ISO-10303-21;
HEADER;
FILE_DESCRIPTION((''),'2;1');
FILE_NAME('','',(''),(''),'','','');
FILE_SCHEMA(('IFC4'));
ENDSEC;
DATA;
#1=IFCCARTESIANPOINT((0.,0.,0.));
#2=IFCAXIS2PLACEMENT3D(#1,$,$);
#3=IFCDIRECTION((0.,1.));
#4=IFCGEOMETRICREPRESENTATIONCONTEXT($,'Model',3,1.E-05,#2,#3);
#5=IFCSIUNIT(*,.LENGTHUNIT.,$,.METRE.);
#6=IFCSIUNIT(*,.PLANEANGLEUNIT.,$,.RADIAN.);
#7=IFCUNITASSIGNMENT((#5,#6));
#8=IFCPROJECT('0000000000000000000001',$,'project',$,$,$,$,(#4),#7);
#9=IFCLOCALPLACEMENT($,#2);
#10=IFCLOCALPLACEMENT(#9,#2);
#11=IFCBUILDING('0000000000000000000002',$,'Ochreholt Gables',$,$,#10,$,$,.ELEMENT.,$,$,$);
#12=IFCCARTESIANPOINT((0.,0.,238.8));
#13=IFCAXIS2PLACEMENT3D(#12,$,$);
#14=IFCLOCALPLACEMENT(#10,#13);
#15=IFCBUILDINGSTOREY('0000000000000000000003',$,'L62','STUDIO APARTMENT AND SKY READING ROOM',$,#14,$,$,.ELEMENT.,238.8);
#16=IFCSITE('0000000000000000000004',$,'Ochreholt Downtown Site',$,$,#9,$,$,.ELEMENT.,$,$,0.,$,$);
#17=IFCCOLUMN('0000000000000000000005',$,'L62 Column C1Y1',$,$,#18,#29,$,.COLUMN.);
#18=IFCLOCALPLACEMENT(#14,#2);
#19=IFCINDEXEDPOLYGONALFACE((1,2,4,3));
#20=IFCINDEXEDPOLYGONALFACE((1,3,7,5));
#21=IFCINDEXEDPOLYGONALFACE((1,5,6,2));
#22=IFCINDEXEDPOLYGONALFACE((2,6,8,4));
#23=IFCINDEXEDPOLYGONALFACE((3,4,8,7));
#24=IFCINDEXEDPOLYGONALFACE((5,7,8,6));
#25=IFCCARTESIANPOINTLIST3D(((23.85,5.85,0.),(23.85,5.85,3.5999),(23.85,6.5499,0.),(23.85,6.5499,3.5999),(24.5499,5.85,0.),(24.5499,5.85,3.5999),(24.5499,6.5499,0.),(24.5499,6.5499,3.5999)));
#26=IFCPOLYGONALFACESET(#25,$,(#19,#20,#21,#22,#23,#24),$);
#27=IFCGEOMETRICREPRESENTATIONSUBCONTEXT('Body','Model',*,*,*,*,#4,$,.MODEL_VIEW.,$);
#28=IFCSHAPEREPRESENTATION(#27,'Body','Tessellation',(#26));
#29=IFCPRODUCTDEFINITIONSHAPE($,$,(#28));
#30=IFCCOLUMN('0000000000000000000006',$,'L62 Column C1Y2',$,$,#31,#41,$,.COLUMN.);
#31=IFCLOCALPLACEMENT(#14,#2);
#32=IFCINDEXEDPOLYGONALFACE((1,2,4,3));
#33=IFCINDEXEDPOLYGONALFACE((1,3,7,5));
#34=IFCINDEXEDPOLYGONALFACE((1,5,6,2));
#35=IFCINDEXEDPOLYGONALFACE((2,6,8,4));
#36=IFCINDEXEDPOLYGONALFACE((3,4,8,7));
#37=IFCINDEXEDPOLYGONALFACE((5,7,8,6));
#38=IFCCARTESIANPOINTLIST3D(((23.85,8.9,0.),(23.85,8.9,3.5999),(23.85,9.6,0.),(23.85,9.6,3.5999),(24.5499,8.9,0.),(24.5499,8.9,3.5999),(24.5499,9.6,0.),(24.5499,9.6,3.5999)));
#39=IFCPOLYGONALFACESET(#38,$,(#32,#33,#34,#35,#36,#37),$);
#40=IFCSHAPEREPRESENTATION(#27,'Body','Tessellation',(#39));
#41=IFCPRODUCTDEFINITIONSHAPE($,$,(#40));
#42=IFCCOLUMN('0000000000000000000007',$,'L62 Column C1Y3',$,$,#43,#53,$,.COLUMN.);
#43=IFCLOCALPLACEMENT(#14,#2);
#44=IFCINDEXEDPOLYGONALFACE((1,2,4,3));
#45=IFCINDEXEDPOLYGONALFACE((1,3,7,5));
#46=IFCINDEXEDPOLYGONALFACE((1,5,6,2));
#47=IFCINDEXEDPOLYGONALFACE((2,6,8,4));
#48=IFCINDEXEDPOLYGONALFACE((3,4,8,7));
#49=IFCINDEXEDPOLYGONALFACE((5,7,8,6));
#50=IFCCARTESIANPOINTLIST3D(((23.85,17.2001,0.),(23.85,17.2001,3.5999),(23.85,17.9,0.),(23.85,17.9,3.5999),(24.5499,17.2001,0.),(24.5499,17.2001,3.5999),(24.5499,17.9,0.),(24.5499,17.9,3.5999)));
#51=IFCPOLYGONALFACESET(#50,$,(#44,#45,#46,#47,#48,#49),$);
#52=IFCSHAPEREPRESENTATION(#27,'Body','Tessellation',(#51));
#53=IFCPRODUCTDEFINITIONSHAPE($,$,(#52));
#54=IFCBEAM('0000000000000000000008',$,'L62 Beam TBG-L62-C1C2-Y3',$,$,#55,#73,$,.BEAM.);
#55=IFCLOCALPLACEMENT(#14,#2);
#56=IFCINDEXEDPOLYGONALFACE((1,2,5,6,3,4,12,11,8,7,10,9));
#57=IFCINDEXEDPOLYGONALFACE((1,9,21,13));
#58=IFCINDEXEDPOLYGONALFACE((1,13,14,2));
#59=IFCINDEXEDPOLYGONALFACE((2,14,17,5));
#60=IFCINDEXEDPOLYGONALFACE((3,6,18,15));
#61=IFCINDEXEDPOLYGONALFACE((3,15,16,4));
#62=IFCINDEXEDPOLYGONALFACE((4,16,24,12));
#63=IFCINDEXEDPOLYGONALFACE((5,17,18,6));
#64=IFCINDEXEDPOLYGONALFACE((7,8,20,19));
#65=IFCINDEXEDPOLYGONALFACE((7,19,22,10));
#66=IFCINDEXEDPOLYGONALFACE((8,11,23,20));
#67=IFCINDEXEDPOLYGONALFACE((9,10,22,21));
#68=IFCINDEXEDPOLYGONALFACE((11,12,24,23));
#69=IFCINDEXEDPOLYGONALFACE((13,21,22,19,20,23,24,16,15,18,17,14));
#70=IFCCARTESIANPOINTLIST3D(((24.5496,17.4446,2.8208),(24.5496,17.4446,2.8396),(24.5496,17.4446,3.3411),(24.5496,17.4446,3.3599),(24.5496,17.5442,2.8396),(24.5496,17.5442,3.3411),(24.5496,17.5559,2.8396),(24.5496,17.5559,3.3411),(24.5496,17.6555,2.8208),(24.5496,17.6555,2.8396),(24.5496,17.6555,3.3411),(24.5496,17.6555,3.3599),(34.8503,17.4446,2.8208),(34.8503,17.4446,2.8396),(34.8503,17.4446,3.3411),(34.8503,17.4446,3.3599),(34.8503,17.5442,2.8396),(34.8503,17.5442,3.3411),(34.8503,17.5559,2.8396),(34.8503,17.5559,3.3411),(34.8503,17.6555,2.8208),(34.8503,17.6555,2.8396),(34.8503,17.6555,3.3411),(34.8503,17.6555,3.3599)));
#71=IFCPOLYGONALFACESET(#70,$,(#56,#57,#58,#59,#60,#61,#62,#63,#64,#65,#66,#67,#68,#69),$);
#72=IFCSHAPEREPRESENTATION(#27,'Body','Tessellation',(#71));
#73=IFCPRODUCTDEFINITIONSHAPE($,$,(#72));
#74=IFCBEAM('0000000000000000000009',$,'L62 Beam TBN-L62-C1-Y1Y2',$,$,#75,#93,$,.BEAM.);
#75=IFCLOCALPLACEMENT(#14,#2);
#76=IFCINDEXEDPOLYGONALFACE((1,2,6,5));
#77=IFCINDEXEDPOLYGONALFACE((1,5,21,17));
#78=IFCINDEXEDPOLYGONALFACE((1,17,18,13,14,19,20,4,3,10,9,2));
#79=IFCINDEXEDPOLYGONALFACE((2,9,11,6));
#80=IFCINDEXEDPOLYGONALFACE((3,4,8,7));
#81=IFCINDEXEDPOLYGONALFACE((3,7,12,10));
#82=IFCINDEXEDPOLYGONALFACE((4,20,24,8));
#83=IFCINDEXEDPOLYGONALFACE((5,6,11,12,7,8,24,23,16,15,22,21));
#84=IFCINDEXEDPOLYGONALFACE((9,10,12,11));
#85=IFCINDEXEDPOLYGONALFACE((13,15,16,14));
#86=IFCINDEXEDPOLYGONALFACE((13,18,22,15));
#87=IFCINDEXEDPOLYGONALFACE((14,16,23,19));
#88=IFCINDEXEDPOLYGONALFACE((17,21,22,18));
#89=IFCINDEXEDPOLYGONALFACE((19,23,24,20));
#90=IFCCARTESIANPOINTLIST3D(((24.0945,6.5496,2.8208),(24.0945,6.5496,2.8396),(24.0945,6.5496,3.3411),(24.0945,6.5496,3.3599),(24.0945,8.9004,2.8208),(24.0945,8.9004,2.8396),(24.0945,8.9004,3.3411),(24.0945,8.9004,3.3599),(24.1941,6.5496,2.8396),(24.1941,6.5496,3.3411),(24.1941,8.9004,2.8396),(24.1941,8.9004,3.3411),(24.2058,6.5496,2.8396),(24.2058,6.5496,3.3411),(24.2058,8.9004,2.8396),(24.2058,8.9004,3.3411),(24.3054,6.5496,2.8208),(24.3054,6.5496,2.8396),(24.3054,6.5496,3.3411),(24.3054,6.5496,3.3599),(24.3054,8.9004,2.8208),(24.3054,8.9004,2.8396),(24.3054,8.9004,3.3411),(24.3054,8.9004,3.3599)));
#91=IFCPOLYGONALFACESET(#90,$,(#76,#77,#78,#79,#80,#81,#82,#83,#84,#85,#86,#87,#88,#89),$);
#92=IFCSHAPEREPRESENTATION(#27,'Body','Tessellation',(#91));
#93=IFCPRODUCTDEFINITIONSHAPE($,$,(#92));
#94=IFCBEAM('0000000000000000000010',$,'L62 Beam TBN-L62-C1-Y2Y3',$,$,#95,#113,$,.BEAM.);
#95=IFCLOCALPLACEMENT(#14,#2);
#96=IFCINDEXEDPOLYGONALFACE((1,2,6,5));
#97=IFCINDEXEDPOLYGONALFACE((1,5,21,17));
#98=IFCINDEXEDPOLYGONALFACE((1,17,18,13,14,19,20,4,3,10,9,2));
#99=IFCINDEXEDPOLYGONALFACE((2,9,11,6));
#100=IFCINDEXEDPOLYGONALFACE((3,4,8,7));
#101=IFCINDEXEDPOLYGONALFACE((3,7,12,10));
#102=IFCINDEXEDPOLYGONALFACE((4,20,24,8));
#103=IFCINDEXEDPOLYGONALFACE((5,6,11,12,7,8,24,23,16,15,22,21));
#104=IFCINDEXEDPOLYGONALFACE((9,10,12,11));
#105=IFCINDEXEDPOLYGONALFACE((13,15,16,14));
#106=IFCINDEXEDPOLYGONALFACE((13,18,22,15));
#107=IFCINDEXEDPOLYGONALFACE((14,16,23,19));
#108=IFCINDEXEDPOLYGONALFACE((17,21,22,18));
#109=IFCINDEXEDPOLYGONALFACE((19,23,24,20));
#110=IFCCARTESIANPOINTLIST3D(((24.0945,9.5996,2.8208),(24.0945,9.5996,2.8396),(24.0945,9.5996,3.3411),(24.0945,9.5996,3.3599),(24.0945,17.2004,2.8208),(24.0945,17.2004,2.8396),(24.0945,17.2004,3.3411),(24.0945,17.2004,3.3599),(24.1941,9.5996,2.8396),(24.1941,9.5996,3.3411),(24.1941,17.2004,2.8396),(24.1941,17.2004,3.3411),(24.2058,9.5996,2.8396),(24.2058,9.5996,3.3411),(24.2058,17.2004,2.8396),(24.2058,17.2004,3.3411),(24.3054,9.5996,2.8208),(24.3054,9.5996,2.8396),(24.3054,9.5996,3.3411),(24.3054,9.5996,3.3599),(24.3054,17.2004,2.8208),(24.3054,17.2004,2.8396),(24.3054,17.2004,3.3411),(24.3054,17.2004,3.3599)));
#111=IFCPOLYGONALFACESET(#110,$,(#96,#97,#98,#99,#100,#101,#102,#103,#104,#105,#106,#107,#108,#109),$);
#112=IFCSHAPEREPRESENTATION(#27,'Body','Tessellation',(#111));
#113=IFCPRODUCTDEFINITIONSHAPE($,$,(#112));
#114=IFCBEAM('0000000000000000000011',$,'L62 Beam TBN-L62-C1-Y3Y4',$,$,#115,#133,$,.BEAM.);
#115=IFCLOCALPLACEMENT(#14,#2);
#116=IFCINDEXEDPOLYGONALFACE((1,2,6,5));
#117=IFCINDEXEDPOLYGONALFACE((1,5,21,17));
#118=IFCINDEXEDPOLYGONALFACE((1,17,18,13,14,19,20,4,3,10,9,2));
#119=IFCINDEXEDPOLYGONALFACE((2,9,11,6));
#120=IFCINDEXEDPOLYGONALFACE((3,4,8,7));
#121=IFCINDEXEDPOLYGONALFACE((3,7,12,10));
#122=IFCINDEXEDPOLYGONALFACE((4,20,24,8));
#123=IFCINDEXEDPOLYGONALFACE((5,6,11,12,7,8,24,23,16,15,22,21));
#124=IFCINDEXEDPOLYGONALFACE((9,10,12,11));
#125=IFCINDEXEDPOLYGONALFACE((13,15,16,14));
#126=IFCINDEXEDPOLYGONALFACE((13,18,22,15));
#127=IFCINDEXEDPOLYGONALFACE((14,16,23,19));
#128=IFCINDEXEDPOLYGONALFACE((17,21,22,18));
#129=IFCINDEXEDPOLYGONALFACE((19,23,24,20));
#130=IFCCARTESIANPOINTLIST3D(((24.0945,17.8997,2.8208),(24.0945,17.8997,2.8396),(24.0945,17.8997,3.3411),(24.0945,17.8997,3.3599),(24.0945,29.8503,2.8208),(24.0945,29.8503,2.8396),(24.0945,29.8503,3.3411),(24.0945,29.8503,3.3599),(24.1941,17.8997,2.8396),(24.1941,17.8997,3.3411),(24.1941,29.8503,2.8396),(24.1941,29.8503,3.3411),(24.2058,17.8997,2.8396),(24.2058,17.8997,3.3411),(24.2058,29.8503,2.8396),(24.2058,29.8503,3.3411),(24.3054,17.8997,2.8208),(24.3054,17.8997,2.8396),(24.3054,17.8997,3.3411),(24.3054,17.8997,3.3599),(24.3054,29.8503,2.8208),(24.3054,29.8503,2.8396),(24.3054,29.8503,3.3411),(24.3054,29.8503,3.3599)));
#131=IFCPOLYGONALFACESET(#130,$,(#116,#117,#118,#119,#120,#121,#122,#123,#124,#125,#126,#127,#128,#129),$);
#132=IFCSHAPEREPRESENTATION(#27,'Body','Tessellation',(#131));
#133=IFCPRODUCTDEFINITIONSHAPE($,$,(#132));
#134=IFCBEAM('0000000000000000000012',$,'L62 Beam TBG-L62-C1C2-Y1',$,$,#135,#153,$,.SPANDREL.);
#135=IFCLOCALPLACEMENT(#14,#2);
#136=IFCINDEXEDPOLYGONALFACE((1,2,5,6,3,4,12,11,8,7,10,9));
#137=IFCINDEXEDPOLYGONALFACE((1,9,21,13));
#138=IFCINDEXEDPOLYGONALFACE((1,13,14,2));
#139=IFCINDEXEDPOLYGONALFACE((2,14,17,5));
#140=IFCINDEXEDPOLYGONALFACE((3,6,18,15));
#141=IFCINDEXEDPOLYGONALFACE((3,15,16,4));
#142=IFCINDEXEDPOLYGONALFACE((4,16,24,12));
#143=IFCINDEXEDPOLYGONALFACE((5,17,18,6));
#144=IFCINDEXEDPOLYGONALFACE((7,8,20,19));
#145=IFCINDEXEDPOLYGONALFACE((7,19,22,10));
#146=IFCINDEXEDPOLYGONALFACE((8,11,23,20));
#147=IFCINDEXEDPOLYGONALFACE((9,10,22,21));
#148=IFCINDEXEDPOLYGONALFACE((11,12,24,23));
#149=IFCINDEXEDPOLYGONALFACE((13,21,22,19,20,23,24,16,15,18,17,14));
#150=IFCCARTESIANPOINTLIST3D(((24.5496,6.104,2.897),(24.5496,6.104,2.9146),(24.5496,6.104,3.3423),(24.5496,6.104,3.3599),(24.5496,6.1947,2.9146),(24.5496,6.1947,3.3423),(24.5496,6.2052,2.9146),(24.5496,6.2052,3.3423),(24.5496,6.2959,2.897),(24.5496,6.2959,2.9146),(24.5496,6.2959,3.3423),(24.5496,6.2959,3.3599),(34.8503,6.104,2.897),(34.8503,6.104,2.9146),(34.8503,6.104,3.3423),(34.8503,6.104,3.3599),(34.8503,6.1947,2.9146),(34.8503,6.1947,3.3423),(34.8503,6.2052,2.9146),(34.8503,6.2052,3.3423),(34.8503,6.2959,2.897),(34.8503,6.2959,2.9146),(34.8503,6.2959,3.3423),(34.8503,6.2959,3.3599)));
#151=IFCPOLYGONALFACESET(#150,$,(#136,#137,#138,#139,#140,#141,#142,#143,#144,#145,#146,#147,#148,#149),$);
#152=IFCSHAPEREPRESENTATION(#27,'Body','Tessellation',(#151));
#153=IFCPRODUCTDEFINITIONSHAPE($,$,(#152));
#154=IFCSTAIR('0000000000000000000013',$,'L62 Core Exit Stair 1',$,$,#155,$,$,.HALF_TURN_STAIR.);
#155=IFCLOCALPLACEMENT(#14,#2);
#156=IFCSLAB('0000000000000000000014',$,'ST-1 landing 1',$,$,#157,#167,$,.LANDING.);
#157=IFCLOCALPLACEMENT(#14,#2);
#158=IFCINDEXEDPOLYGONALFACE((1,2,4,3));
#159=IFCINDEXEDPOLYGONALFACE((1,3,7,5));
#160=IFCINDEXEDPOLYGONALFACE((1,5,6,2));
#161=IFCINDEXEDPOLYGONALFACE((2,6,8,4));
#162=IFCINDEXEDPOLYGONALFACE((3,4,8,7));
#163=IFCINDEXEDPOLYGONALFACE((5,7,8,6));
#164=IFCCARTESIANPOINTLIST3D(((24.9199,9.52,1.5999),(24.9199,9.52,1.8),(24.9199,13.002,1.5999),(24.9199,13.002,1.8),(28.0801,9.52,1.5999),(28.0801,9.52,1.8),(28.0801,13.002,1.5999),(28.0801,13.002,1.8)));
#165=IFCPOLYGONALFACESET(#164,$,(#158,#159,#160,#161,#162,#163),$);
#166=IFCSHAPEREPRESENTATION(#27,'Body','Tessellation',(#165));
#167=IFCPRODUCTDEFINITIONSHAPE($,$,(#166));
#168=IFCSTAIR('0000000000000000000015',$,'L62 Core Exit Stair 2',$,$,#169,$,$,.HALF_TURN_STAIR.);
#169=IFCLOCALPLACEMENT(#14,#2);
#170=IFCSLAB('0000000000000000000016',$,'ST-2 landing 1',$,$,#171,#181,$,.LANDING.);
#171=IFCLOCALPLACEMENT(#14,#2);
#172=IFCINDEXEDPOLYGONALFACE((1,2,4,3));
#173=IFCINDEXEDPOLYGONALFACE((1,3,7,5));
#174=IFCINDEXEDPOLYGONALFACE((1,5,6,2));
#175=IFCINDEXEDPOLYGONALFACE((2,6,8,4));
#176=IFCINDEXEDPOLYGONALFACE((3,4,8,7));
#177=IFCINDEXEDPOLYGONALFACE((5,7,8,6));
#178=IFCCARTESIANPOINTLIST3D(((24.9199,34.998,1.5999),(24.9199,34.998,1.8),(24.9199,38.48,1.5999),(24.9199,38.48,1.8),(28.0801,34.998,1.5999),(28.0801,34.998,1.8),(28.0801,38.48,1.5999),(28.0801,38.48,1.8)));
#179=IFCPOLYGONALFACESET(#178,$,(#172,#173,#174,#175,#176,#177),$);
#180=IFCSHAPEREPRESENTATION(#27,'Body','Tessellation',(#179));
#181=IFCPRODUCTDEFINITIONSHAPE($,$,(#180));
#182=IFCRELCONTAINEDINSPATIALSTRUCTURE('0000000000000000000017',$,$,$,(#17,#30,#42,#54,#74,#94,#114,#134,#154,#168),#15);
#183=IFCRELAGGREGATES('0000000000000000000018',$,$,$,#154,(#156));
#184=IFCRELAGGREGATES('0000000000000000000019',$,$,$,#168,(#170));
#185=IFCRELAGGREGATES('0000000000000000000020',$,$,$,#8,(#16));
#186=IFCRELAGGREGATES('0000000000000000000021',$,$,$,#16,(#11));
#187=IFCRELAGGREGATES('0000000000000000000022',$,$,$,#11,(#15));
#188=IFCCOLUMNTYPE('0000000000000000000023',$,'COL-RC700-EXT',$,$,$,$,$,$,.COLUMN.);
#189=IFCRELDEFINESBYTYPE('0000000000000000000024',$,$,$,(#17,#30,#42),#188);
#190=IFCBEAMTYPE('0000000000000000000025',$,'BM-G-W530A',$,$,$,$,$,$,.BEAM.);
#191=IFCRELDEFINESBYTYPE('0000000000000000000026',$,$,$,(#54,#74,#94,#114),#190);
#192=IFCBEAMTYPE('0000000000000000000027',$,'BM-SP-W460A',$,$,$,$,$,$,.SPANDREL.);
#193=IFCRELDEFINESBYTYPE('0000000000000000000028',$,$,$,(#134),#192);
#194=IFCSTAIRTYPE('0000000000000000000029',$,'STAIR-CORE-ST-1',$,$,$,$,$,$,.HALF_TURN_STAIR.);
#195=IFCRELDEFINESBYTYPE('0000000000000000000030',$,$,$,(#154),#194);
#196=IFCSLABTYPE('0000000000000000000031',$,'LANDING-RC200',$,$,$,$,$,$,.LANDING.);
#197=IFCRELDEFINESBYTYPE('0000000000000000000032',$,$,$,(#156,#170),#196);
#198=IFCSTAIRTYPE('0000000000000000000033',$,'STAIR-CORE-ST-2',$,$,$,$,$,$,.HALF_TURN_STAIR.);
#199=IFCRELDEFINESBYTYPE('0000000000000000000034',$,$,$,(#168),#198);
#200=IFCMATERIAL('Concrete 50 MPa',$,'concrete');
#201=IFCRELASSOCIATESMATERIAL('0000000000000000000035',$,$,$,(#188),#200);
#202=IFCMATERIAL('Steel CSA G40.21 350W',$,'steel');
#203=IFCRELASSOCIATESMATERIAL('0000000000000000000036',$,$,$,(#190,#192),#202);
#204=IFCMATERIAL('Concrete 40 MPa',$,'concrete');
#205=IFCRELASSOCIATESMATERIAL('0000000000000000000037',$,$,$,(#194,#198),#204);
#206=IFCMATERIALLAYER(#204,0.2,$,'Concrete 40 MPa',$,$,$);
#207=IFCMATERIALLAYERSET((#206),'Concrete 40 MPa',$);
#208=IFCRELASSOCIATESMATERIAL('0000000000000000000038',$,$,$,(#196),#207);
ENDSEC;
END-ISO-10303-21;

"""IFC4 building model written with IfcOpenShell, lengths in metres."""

from ifc_helpers import new_model, si_unit, direction, frame, origin, origin_2d, place, context, subcontext, project, spatial, polyline, rectangle, i_section, outline, extrude, material, layer, layer_set, material_profile, profile_set, type_object, element, aggregate, save


model = new_model("IFC4")

# Units and contexts
model_context = context("Model", 3, precision=1e-05, world=origin(), true_north=direction((0.0, 1.0)))
body_context = subcontext(model_context, "Body", "Model", "MODEL_VIEW")
ifc_project = project(units=[si_unit("LENGTHUNIT", "METRE"), si_unit("PLANEANGLEUNIT", "RADIAN")], contexts=[model_context])

# Site, building, storey
site_placement = place(None, origin())
site = spatial("IfcSite", under=ifc_project, at=site_placement, Name="Ochreholt Downtown Site", CompositionType="ELEMENT", RefElevation=0.0)
building_placement = place(site_placement, origin())
building = spatial("IfcBuilding", under=site, at=building_placement, Name="Ochreholt Gables", CompositionType="ELEMENT")
storey_placement = place(building_placement, frame((0.0, 0.0, 238.8)))
storey = spatial("IfcBuildingStorey", under=building, at=storey_placement, Name="L62", Description="STUDIO APARTMENT AND SKY READING ROOM", CompositionType="ELEMENT", Elevation=238.8)

# Columns
ifc_material_1 = material(Name="Concrete 50 MPa", Category="concrete")
ifc_material_profile_1 = material_profile(ifc_material_1, rectangle(XDim=0.7, YDim=0.7, at=origin_2d()), Name="RC700X700")
ifc_profile_set_1 = profile_set([ifc_material_profile_1], Name="Concrete 50 MPa")
column_type = type_object("IfcColumnType", Name="COL-RC700-EXT", PredefinedType="COLUMN", material=ifc_profile_set_1)
for number, where, z_axis, x_axis, name in (
    (1, (24.2, 6.2, 0.0), (0.0, 0.0, 1.0), (1.0, 0.0, 0.0), "L62 Column C1Y1"),
    (2, (24.2, 9.25, 0.0), (0.0, 0.0, 1.0), (1.0, 0.0, 0.0), "L62 Column C1Y2"),
    (3, (24.2, 17.55, 0.0), (0.0, 0.0, 1.0), (1.0, 0.0, 0.0), "L62 Column C1Y3"),
):
    element("IfcColumn", number, at=place(storey_placement, frame(where, z_axis=z_axis, x_axis=x_axis)), inside=storey, type_object=column_type, Name=name, PredefinedType="COLUMN", context=body_context, shape_type="SweptSolid", body=[
        extrude(rectangle(XDim=0.7, YDim=0.7, at=origin_2d()), origin(), (0.0, 0.0, 1.0), 3.5999),
    ])

# Beams
ifc_material_2 = material(Name="Steel CSA G40.21 350W", Category="steel")
ifc_material_profile_2 = material_profile(ifc_material_2, i_section(OverallWidth=0.2109, OverallDepth=0.5391, WebThickness=0.0117, FlangeThickness=0.0188, at=origin_2d()), Name="W530X109")
ifc_profile_set_2 = profile_set([ifc_material_profile_2], Name="Steel CSA G40.21 350W")
beam_type_1 = type_object("IfcBeamType", Name="BM-G-W530A", PredefinedType="BEAM", material=ifc_profile_set_2)
beam_1_placement = place(storey_placement, frame((24.5496, 17.55, 3.0903), z_axis=(1.0, 0.0, 0.0), x_axis=(0.0, 1.0, 0.0)))
element("IfcBeam", 4, at=beam_1_placement, inside=storey, type_object=beam_type_1, Name="L62 Beam TBG-L62-C1C2-Y3", PredefinedType="BEAM", context=body_context, shape_type="SweptSolid", body=[
    extrude(i_section(OverallWidth=0.2109, OverallDepth=0.5391, WebThickness=0.0117, FlangeThickness=0.0188, at=origin_2d()), origin(), (0.0, 0.0, 1.0), 10.3008),
])
beam_2_placement = place(storey_placement, frame((24.2, 6.5496, 3.0903), z_axis=(0.0, 1.0, 0.0), x_axis=(-1.0, 0.0, 0.0)))
element("IfcBeam", 5, at=beam_2_placement, inside=storey, type_object=beam_type_1, Name="L62 Beam TBN-L62-C1-Y1Y2", PredefinedType="BEAM", context=body_context, shape_type="SweptSolid", body=[
    extrude(i_section(OverallWidth=0.2109, OverallDepth=0.5391, WebThickness=0.0117, FlangeThickness=0.0188, at=origin_2d()), origin(), (0.0, 0.0, 1.0), 2.3508),
])
beam_3_placement = place(storey_placement, frame((24.2, 9.5996, 3.0903), z_axis=(0.0, 1.0, 0.0), x_axis=(-1.0, 0.0, 0.0)))
element("IfcBeam", 6, at=beam_3_placement, inside=storey, type_object=beam_type_1, Name="L62 Beam TBN-L62-C1-Y2Y3", PredefinedType="BEAM", context=body_context, shape_type="SweptSolid", body=[
    extrude(i_section(OverallWidth=0.2109, OverallDepth=0.5391, WebThickness=0.0117, FlangeThickness=0.0188, at=origin_2d()), origin(), (0.0, 0.0, 1.0), 7.6008),
])
beam_4_placement = place(storey_placement, frame((24.2, 17.8997, 3.0903), z_axis=(0.0, 1.0, 0.0), x_axis=(-1.0, 0.0, 0.0)))
element("IfcBeam", 7, at=beam_4_placement, inside=storey, type_object=beam_type_1, Name="L62 Beam TBN-L62-C1-Y3Y4", PredefinedType="BEAM", context=body_context, shape_type="SweptSolid", body=[
    extrude(i_section(OverallWidth=0.2109, OverallDepth=0.5391, WebThickness=0.0117, FlangeThickness=0.0188, at=origin_2d()), origin(), (0.0, 0.0, 1.0), 11.9507),
])
ifc_material_profile_3 = material_profile(ifc_material_2, i_section(OverallWidth=0.1919, OverallDepth=0.4629, WebThickness=0.0105, FlangeThickness=0.0176, at=origin_2d()), Name="W460X89")
ifc_profile_set_3 = profile_set([ifc_material_profile_3], Name="Steel CSA G40.21 350W")
beam_type_2 = type_object("IfcBeamType", Name="BM-SP-W460A", PredefinedType="SPANDREL", material=ifc_profile_set_3)
beam_5_placement = place(storey_placement, frame((24.5496, 6.2, 3.1284), z_axis=(1.0, 0.0, 0.0), x_axis=(0.0, 1.0, 0.0)))
element("IfcBeam", 8, at=beam_5_placement, inside=storey, type_object=beam_type_2, Name="L62 Beam TBG-L62-C1C2-Y1", PredefinedType="SPANDREL", context=body_context, shape_type="SweptSolid", body=[
    extrude(i_section(OverallWidth=0.1919, OverallDepth=0.4629, WebThickness=0.0105, FlangeThickness=0.0176, at=origin_2d()), origin(), (0.0, 0.0, 1.0), 10.3008),
])

# Stairs, slabs
ifc_material_3 = material(Name="Concrete 40 MPa", Category="concrete")
stair_type_1 = type_object("IfcStairType", Name="STAIR-CORE-ST-1", PredefinedType="HALF_TURN_STAIR", material=ifc_material_3)
stair_1_placement = place(storey_placement, origin())
stair_1 = element("IfcStair", 9, at=stair_1_placement, inside=storey, type_object=stair_type_1, Name="L62 Core Exit Stair 1", PredefinedType="HALF_TURN_STAIR")
ifc_layer_1 = layer(ifc_material_3, 0.2, Name="Concrete 40 MPa")
ifc_layer_set_1 = layer_set([ifc_layer_1], Name="Concrete 40 MPa")
slab_type_1 = type_object("IfcSlabType", Name="LANDING-RC200", PredefinedType="LANDING", material=ifc_layer_set_1)
slab_1_placement = place(storey_placement, frame((0.0, 0.0, 1.5999)))
slab_1 = element("IfcSlab", 10, at=slab_1_placement, type_object=slab_type_1, Name="ST-1 landing 1", PredefinedType="LANDING", context=body_context, shape_type="SweptSolid", body=[
    extrude(outline(polyline([(24.9199, 13.002), (24.9199, 9.52), (28.0801, 9.52), (28.0801, 13.002), (24.9199, 13.002)])), origin(), (0.0, 0.0, 1.0), 0.2002),
])
aggregate(stair_1, [slab_1])
stair_type_2 = type_object("IfcStairType", Name="STAIR-CORE-ST-2", PredefinedType="HALF_TURN_STAIR", material=ifc_material_3)
stair_2_placement = place(storey_placement, origin())
stair_2 = element("IfcStair", 11, at=stair_2_placement, inside=storey, type_object=stair_type_2, Name="L62 Core Exit Stair 2", PredefinedType="HALF_TURN_STAIR")
slab_2_placement = place(storey_placement, frame((0.0, 0.0, 1.5999)))
slab_2 = element("IfcSlab", 12, at=slab_2_placement, type_object=slab_type_1, Name="ST-2 landing 1", PredefinedType="LANDING", context=body_context, shape_type="SweptSolid", body=[
    extrude(outline(polyline([(28.0801, 34.998), (28.0801, 38.48), (24.9199, 38.48), (24.9199, 34.998), (28.0801, 34.998)])), origin(), (0.0, 0.0, 1.0), 0.2002),
])
aggregate(stair_2, [slab_2])

save(model, "model.ifc")
